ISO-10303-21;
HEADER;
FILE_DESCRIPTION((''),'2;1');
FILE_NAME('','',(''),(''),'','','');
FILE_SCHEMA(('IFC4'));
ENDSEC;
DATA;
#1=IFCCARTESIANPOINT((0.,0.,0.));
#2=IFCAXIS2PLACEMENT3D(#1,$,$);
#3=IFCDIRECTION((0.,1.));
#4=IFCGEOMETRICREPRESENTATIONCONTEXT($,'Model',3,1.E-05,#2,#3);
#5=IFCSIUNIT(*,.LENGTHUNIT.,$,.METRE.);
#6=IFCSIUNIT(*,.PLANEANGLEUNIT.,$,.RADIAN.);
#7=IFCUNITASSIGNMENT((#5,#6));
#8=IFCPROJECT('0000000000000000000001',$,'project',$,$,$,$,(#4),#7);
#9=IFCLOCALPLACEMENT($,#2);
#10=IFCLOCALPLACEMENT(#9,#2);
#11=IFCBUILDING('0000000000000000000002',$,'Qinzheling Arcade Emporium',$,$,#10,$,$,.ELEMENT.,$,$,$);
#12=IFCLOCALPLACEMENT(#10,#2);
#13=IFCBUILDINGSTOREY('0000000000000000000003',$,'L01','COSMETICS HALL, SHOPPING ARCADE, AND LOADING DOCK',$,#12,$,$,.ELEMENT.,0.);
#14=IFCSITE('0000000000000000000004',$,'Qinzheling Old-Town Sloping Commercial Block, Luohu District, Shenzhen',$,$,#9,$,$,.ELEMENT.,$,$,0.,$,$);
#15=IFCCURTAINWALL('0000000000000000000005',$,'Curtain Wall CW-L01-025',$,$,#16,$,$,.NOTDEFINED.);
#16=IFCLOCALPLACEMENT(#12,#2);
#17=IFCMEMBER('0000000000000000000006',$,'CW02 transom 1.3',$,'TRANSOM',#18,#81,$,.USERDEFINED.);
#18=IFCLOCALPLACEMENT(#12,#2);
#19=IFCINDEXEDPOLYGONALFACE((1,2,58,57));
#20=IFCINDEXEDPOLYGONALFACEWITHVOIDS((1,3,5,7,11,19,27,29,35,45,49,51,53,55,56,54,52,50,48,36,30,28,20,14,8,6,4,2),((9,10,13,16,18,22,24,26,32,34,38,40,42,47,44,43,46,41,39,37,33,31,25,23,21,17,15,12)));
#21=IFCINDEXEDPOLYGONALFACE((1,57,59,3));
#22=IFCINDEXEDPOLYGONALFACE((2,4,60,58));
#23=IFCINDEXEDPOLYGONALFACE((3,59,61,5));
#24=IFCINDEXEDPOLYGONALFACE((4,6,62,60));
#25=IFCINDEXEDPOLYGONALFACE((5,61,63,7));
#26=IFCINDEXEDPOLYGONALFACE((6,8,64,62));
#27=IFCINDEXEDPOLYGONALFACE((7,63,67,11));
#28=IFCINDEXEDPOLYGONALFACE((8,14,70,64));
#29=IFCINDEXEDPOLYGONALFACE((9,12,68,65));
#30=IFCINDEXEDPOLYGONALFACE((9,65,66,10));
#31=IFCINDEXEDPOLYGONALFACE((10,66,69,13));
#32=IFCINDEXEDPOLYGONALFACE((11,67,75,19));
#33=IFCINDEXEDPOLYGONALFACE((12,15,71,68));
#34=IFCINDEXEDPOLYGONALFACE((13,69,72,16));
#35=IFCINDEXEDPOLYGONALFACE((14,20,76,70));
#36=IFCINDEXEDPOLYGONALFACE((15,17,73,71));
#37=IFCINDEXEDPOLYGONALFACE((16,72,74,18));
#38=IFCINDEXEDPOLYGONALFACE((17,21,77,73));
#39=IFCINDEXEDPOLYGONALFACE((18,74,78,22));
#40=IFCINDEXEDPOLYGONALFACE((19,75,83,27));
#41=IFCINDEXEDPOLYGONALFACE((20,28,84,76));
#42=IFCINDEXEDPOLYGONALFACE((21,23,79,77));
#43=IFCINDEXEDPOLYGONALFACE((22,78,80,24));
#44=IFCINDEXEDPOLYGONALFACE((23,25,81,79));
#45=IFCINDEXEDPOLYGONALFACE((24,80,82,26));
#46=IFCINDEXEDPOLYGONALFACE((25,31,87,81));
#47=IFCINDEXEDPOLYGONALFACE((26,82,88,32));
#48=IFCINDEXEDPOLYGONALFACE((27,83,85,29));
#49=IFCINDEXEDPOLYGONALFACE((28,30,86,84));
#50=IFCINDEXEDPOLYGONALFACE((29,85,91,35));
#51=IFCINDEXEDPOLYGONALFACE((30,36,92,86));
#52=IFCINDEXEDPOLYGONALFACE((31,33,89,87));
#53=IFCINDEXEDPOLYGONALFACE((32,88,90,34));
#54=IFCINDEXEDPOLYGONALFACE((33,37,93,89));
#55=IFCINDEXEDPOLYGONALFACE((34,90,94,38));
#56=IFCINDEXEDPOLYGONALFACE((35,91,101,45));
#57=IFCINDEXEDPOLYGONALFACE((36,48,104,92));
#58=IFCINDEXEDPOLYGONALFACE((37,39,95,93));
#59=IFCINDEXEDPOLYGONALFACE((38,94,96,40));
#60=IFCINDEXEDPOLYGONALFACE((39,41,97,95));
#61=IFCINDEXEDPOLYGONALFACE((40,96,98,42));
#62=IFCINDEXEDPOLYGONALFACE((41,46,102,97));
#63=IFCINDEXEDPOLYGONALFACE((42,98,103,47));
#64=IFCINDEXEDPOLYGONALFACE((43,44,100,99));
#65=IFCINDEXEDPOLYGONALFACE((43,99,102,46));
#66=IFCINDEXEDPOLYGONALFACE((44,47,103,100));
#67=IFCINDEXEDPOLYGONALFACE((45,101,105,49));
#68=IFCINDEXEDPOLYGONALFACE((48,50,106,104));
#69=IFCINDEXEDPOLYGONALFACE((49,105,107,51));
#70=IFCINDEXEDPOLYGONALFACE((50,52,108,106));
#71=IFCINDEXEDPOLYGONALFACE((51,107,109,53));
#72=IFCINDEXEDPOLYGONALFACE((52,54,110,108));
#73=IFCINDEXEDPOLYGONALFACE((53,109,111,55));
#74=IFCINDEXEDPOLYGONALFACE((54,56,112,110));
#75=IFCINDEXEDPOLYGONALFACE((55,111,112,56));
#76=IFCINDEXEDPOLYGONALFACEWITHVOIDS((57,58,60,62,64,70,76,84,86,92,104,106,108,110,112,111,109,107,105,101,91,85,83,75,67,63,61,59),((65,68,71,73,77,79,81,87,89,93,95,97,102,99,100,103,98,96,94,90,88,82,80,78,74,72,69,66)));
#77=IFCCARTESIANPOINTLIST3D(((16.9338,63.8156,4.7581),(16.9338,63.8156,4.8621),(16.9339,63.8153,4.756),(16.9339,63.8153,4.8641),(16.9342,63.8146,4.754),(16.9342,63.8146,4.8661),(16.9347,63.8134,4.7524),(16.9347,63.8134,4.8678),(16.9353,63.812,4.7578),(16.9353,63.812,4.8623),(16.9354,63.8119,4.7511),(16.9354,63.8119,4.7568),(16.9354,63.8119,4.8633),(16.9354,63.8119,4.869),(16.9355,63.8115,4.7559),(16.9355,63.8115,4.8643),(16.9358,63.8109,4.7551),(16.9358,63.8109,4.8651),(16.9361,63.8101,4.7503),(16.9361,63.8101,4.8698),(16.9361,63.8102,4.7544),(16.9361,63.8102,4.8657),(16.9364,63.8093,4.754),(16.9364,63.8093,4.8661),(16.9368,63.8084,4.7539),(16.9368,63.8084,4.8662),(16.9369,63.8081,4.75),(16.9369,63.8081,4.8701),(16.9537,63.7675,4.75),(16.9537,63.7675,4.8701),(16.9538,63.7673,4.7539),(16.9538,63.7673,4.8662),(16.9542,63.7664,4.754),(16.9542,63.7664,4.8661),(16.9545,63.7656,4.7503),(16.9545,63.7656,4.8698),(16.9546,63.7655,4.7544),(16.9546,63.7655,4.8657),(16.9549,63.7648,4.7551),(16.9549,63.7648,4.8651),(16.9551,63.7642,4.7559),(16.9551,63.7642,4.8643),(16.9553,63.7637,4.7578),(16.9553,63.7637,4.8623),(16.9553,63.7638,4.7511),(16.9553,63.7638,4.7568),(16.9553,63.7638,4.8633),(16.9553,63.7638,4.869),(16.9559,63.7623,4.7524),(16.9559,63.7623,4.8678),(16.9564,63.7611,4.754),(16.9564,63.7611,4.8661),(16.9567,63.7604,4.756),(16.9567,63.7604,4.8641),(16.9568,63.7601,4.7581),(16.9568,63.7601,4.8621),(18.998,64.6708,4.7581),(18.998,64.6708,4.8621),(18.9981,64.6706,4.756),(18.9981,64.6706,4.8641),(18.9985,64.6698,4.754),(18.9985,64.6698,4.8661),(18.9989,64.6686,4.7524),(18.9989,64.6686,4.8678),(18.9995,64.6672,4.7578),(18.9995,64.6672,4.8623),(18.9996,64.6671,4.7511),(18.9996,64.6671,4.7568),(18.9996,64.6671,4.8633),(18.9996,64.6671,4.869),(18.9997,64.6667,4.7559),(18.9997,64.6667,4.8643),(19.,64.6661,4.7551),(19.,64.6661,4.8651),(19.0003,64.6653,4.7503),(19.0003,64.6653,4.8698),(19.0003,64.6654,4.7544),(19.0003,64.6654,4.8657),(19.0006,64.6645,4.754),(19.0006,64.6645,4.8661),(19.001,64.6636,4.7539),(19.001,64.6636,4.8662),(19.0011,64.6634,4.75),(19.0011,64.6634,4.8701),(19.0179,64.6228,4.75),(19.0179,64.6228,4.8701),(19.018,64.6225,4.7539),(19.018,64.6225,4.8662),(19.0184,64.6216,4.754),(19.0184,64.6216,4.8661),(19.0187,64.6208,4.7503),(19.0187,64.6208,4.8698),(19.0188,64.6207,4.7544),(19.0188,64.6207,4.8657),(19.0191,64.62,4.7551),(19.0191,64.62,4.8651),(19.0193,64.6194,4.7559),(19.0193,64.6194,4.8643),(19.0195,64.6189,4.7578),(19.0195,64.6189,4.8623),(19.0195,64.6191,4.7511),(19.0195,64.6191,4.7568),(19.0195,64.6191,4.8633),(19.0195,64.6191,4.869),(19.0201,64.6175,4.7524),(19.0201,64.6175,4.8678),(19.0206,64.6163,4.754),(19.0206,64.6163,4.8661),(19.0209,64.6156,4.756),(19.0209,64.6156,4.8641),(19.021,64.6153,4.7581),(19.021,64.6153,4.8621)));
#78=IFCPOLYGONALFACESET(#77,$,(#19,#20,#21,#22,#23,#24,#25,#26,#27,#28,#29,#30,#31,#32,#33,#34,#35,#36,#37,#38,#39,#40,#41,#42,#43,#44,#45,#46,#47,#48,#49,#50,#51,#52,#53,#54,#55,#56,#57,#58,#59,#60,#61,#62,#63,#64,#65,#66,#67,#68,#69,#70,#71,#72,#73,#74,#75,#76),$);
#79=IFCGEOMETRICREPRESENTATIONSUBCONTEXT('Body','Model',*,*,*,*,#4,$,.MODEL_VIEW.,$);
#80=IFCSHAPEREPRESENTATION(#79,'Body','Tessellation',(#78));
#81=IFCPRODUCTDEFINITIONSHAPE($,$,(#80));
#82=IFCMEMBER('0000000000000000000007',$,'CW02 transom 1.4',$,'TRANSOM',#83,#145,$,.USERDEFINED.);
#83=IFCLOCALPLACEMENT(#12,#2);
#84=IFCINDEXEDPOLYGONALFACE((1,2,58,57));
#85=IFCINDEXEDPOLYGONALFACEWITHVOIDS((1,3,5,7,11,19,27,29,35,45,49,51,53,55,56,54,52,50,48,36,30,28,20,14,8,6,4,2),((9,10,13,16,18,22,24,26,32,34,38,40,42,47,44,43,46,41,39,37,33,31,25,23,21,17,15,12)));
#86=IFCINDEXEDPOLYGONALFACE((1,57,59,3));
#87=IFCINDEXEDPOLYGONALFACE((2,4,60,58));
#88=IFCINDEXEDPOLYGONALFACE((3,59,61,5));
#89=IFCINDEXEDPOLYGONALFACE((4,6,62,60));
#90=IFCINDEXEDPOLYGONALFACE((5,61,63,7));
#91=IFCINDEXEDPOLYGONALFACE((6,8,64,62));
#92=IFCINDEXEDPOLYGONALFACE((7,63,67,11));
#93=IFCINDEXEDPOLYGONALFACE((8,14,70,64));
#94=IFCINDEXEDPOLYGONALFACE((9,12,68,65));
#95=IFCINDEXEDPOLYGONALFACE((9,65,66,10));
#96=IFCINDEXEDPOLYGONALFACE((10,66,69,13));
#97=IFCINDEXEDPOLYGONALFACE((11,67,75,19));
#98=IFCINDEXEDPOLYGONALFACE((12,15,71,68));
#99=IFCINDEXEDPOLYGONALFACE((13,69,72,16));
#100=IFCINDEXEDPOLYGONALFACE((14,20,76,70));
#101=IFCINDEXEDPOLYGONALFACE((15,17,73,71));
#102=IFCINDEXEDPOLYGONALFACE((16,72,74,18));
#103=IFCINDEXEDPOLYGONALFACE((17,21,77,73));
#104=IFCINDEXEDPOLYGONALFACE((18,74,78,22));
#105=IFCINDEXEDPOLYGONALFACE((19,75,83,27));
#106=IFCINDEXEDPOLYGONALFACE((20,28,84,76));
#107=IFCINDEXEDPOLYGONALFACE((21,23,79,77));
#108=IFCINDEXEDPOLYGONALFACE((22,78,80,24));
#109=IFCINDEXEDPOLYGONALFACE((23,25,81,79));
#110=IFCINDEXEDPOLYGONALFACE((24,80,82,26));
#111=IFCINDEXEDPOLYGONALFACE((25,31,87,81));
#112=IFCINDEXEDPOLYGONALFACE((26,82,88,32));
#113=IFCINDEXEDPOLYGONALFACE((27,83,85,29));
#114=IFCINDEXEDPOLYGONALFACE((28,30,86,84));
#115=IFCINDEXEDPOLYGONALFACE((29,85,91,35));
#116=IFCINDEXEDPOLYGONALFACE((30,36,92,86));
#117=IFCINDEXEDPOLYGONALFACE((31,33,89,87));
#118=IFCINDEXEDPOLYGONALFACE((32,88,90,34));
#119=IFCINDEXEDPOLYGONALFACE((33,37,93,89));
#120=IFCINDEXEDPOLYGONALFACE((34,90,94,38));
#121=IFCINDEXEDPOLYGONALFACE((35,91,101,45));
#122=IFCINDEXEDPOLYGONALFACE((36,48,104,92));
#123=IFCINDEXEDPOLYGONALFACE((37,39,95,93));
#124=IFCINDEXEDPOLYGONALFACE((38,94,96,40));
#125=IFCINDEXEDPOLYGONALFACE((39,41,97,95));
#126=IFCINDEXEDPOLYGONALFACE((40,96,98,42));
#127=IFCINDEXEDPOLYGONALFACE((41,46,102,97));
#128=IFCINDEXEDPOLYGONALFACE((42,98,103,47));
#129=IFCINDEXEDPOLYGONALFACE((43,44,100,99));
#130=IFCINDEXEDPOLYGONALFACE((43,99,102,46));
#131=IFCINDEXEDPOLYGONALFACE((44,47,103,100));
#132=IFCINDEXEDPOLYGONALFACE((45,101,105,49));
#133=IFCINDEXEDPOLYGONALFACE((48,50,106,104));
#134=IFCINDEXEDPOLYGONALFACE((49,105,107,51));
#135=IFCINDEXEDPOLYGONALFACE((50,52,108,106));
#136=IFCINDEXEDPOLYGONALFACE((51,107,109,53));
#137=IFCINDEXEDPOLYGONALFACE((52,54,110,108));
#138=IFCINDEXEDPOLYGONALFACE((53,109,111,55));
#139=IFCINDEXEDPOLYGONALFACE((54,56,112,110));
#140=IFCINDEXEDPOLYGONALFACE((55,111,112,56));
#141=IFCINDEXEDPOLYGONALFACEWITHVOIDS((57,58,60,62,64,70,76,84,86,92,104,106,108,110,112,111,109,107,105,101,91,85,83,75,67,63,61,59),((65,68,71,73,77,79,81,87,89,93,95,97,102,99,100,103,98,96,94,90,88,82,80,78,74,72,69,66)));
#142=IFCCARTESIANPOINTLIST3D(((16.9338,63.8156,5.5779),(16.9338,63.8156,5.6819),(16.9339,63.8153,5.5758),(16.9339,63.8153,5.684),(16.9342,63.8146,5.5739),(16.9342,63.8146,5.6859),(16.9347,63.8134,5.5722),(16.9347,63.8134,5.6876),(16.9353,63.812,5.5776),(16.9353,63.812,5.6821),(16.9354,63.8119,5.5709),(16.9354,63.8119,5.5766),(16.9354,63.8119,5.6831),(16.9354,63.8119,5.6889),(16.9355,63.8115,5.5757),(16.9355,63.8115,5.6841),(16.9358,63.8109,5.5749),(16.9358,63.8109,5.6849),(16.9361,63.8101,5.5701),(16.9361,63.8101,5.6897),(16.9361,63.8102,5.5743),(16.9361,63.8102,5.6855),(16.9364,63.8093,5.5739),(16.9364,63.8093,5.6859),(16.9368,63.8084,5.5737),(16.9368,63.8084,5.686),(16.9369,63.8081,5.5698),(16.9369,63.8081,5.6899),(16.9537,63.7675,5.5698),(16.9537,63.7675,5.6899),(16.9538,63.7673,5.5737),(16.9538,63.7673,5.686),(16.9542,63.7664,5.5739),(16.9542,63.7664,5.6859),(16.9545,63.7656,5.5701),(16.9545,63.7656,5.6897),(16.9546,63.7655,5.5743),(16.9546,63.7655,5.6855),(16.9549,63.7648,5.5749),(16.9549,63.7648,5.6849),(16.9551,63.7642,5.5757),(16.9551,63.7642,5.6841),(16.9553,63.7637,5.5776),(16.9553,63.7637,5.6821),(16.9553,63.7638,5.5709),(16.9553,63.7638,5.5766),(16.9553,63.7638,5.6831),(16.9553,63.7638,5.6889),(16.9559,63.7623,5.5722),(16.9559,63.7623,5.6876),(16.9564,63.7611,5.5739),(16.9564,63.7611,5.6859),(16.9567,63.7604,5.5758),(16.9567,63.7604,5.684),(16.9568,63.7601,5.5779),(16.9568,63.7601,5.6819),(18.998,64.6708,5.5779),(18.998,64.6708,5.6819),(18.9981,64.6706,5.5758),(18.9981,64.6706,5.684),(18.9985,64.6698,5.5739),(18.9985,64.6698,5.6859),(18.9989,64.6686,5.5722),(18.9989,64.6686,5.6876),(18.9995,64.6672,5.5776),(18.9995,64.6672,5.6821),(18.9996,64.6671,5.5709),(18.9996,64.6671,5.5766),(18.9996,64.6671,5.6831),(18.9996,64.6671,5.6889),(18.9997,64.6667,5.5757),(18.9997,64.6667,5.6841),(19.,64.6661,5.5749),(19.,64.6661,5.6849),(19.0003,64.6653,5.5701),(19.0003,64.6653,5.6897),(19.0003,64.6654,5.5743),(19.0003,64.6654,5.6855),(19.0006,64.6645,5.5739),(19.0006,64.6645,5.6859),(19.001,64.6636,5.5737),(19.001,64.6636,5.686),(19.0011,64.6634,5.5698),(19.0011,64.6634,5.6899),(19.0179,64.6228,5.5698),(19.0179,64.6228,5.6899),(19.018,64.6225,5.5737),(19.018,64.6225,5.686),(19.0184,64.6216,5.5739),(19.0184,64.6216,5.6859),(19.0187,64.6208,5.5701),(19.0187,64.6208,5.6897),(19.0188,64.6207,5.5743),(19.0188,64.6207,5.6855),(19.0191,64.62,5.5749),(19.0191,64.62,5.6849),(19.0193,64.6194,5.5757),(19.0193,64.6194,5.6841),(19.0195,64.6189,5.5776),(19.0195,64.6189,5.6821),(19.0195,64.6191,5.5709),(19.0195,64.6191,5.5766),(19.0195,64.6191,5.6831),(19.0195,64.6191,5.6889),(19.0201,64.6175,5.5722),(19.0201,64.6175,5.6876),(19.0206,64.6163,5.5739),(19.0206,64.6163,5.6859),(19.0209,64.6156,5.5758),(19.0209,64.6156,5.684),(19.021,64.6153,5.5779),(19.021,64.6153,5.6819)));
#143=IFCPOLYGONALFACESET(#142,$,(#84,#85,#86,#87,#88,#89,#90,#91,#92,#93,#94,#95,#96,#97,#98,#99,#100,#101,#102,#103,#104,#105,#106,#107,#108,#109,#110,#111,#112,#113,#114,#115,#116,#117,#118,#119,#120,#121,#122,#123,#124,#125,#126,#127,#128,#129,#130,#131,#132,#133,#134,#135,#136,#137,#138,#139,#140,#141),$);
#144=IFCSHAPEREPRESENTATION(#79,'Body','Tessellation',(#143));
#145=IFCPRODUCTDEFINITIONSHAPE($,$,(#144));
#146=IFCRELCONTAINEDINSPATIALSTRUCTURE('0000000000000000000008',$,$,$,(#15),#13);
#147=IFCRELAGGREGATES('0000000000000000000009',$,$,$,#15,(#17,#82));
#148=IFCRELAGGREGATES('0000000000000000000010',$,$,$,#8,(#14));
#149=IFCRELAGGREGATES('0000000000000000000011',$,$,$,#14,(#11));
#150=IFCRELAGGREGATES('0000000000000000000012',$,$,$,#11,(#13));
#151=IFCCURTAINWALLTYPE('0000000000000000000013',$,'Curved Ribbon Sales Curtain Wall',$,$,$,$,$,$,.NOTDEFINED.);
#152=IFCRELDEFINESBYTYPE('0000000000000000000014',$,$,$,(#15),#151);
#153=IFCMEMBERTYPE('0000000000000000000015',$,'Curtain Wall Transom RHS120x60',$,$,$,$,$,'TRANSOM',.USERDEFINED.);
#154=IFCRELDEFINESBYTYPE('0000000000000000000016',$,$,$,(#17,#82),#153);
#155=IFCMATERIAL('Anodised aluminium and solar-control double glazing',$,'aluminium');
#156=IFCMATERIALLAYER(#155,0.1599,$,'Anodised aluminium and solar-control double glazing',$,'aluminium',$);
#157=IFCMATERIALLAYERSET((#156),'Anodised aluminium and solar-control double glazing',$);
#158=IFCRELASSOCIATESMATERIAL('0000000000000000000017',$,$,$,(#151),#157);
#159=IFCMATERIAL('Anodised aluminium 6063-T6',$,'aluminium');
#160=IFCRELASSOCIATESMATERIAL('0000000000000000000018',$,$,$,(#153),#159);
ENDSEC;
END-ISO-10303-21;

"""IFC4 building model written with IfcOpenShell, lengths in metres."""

from ifc_helpers import new_model, si_unit, direction, frame, origin, origin_2d, place, context, subcontext, project, spatial, hollow_rectangle, extrude, material, layer, layer_set, material_profile, profile_set, type_object, element, aggregate, save


model = new_model("IFC4")

# Units and contexts
model_context = context("Model", 3, precision=1e-05, world=origin(), true_north=direction((0.0, 1.0)))
body_context = subcontext(model_context, "Body", "Model", "MODEL_VIEW")
ifc_project = project(units=[si_unit("LENGTHUNIT", "METRE"), si_unit("PLANEANGLEUNIT", "RADIAN")], contexts=[model_context])

# Site, building, storey
site_placement = place(None, origin())
site = spatial("IfcSite", under=ifc_project, at=site_placement, Name="Qinzheling Old-Town Sloping Commercial Block, Luohu District, Shenzhen", CompositionType="ELEMENT", RefElevation=0.0)
building_placement = place(site_placement, origin())
building = spatial("IfcBuilding", under=site, at=building_placement, Name="Qinzheling Arcade Emporium", CompositionType="ELEMENT")
storey_placement = place(building_placement, origin())
storey = spatial("IfcBuildingStorey", under=building, at=storey_placement, Name="L01", Description="COSMETICS HALL, SHOPPING ARCADE, AND LOADING DOCK", CompositionType="ELEMENT", Elevation=0.0)

# Curtain wall
ifc_material_1 = material(Name="Anodised aluminium and solar-control double glazing", Category="aluminium")
ifc_layer_1 = layer(ifc_material_1, 0.1599, Name="Anodised aluminium and solar-control double glazing", Category="aluminium")
ifc_layer_set_1 = layer_set([ifc_layer_1], Name="Anodised aluminium and solar-control double glazing")
curtain_wall_type = type_object("IfcCurtainWallType", Name="Curved Ribbon Sales Curtain Wall", PredefinedType="NOTDEFINED", material=ifc_layer_set_1)
ifc_material_2 = material(Name="Anodised aluminium 6063-T6", Category="aluminium")
curtain_wall_1_placement = place(storey_placement, origin())
curtain_wall_1 = element("IfcCurtainWall", 1, at=curtain_wall_1_placement, inside=storey, type_object=curtain_wall_type, Name="Curtain Wall CW-L01-025", PredefinedType="NOTDEFINED")

# Members
ifc_material_profile_1 = material_profile(ifc_material_2, hollow_rectangle(XDim=0.0601, YDim=0.1201, WallThickness=0.0039, InnerFilletRadius=0.0039, OuterFilletRadius=0.0081, at=origin_2d()), Name="RHS 120x60x4", Category="aluminium")
ifc_profile_set_1 = profile_set([ifc_material_profile_1], Name="Anodised aluminium 6063-T6")
member_type_1 = type_object("IfcMemberType", Name="Curtain Wall Transom RHS120x60", ElementType="TRANSOM", PredefinedType="USERDEFINED", material=ifc_profile_set_1)
member_1_placement = place(storey_placement, frame((16.9453, 63.7878, 4.8101), z_axis=(0.923848, 0.38276, 0.0), x_axis=(-0.38276, 0.923848, 0.0)))
member_1 = element("IfcMember", 2, at=member_1_placement, type_object=member_type_1, Name="CW02 transom 1.3", ObjectType="TRANSOM", PredefinedType="USERDEFINED", context=body_context, shape_type="SweptSolid", body=[
    extrude(hollow_rectangle(XDim=0.0601, YDim=0.1201, WallThickness=0.0039, InnerFilletRadius=0.0039, OuterFilletRadius=0.0081, at=origin_2d()), origin(), (0.0, 0.0, 1.0), 2.2344),
])
member_2_placement = place(storey_placement, frame((16.9453, 63.7878, 5.6299), z_axis=(0.923848, 0.38276, 0.0), x_axis=(-0.38276, 0.923848, 0.0)))
member_2 = element("IfcMember", 3, at=member_2_placement, type_object=member_type_1, Name="CW02 transom 1.4", ObjectType="TRANSOM", PredefinedType="USERDEFINED", context=body_context, shape_type="SweptSolid", body=[
    extrude(hollow_rectangle(XDim=0.0601, YDim=0.1201, WallThickness=0.0039, InnerFilletRadius=0.0039, OuterFilletRadius=0.0081, at=origin_2d()), origin(), (0.0, 0.0, 1.0), 2.2344),
])

aggregate(curtain_wall_1, [member_1, member_2])

save(model, "model.ifc")
